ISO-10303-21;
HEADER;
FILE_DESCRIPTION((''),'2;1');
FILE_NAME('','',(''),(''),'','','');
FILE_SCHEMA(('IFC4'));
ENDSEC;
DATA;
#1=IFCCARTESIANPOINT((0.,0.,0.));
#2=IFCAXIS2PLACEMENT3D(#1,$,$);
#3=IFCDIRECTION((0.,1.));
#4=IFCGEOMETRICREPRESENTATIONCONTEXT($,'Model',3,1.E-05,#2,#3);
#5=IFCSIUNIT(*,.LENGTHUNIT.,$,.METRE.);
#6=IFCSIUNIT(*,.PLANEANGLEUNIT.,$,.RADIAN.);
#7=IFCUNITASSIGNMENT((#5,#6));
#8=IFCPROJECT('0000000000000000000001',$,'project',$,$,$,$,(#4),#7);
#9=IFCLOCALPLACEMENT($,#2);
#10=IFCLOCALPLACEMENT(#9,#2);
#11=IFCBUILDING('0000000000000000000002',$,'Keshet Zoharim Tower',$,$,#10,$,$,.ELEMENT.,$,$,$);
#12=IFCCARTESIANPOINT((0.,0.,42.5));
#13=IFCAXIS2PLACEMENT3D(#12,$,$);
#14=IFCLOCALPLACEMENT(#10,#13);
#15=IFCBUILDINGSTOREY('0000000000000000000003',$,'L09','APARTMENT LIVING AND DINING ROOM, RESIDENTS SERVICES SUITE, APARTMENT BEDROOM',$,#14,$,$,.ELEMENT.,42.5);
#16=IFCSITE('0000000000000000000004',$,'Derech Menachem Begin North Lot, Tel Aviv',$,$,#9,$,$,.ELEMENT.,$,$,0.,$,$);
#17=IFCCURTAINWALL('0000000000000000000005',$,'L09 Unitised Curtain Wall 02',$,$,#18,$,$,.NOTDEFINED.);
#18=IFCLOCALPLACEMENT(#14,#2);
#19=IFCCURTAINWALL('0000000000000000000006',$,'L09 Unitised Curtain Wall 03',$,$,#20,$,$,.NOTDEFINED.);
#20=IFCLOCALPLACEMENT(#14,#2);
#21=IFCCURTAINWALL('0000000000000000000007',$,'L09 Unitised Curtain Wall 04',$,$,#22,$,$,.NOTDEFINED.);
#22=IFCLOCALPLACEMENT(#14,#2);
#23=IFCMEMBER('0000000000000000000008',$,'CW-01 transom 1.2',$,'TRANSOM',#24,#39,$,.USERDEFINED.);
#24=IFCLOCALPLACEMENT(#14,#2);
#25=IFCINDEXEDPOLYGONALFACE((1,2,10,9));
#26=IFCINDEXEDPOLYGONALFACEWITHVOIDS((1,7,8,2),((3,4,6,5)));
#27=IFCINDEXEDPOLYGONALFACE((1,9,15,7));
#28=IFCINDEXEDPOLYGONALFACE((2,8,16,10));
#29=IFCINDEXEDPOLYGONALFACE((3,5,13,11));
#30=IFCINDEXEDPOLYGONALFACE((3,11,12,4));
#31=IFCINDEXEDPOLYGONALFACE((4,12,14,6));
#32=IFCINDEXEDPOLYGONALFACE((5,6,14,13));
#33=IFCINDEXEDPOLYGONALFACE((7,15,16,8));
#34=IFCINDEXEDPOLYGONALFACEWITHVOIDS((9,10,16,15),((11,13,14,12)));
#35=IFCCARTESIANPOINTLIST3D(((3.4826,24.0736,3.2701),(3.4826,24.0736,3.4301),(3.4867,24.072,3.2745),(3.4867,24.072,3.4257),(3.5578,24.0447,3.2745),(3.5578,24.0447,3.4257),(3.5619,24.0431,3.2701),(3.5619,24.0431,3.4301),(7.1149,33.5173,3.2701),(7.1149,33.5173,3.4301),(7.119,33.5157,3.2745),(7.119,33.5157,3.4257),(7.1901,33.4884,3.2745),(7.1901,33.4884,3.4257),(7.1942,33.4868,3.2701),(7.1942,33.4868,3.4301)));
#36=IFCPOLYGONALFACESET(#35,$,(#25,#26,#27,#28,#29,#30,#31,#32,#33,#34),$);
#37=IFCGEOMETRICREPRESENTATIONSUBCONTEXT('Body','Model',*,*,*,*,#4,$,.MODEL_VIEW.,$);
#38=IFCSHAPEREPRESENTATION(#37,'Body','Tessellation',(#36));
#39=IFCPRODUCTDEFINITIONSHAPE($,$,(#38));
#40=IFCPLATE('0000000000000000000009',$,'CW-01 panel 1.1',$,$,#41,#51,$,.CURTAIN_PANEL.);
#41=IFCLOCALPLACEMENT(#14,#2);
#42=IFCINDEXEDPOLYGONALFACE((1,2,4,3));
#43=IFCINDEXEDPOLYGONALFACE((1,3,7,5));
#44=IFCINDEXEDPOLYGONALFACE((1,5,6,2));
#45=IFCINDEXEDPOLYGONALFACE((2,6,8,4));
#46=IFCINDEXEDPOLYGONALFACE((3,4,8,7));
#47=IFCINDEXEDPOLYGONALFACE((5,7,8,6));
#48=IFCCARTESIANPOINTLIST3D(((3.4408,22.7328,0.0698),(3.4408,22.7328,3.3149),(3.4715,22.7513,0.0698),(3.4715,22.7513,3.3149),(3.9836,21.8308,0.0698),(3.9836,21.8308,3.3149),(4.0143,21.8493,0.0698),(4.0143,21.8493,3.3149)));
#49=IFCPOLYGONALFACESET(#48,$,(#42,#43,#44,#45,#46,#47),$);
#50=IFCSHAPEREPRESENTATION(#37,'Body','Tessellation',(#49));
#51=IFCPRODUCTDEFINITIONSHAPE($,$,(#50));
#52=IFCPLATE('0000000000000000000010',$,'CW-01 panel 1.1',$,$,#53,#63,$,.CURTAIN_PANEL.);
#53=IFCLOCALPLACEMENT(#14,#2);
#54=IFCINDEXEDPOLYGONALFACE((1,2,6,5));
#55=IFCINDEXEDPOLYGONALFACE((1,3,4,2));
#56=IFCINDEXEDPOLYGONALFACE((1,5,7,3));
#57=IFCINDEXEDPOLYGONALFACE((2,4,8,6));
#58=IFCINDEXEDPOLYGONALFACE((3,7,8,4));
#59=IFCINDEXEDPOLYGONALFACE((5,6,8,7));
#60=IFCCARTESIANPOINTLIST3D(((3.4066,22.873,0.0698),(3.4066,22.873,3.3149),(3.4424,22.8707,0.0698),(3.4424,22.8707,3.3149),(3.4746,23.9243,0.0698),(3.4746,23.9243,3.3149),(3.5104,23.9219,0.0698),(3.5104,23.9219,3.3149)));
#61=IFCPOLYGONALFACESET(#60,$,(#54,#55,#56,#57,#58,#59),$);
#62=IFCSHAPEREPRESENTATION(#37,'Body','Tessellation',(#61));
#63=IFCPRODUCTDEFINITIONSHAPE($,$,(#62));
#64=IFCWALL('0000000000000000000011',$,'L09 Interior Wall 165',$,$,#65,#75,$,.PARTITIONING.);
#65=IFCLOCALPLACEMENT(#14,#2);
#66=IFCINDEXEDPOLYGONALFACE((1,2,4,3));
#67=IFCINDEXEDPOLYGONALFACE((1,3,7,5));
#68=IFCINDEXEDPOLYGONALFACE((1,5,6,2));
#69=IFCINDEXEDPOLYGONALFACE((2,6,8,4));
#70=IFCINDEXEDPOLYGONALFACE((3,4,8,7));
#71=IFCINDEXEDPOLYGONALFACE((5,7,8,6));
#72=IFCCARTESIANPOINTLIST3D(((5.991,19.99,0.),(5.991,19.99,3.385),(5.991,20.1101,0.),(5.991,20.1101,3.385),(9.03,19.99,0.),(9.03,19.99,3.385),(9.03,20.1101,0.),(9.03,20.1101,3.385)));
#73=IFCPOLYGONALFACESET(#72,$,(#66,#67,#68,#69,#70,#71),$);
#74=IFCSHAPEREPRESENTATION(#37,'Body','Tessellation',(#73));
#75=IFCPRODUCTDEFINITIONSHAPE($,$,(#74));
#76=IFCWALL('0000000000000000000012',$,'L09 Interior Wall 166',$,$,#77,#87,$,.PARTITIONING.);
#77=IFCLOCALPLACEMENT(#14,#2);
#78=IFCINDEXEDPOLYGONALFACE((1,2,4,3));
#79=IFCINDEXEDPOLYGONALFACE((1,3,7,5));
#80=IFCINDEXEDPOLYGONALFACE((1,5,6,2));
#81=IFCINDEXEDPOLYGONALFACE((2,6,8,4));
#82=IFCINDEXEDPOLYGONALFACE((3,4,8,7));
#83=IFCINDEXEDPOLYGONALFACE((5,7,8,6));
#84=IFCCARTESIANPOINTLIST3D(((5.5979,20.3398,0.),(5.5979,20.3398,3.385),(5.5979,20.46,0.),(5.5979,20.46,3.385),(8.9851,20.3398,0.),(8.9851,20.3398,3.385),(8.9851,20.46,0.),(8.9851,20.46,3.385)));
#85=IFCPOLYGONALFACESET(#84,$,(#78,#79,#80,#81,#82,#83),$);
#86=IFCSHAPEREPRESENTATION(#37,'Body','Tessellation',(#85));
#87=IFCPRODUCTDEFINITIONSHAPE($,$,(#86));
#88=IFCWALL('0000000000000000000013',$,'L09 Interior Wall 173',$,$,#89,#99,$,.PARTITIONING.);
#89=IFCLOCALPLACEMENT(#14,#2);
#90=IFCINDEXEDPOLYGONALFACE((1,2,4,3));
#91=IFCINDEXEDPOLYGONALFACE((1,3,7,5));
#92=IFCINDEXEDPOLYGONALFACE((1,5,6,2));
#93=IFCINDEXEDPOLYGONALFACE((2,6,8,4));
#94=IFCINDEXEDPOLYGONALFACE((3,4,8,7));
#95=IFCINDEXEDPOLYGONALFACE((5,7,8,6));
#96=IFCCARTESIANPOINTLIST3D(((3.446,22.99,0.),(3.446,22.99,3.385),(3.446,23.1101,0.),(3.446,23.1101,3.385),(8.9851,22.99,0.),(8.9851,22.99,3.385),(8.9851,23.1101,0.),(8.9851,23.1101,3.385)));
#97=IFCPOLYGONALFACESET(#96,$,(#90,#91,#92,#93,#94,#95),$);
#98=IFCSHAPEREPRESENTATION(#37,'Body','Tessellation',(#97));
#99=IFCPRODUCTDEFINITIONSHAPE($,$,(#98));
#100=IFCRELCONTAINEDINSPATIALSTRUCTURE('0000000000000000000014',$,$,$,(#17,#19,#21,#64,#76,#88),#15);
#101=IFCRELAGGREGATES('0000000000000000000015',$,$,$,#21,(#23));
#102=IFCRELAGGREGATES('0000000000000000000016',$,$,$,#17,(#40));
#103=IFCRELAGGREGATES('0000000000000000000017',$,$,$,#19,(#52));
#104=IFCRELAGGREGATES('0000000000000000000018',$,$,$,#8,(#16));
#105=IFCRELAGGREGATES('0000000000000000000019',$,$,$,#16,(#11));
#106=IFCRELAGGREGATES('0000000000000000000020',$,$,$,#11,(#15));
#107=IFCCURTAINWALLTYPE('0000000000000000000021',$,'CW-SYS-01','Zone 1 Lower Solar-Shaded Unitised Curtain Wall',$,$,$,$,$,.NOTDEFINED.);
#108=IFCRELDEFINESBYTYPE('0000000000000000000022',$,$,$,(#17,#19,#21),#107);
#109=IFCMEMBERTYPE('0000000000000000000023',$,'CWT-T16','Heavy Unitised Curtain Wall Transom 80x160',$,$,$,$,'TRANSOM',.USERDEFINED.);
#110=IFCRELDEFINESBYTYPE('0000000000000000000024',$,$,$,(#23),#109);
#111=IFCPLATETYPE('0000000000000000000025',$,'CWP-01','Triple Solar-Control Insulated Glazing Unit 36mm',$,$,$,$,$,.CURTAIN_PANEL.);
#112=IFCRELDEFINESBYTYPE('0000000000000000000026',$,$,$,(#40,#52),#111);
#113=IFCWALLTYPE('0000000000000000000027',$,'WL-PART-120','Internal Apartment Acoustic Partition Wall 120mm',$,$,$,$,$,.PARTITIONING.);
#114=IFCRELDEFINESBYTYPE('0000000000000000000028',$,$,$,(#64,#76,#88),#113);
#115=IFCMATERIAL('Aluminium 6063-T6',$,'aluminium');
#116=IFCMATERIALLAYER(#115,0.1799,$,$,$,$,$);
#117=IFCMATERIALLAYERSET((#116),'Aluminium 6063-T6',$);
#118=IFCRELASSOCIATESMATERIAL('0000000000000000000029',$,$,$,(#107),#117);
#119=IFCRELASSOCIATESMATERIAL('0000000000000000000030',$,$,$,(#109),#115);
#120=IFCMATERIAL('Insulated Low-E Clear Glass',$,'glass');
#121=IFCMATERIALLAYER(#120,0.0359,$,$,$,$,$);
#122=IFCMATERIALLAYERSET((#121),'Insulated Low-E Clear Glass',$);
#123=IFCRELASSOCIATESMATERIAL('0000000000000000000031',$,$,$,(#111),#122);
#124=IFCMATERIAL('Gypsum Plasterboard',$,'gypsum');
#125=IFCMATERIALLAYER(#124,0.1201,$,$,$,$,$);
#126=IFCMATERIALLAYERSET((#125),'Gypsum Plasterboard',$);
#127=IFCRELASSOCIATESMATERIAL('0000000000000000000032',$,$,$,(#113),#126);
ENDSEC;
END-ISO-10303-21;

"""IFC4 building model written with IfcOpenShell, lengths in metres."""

from ifc_helpers import new_model, si_unit, direction, frame, frame_2d, origin, origin_2d, place, context, subcontext, project, spatial, rectangle, hollow_rectangle, extrude, material, layer, layer_set, material_profile, profile_set, type_object, element, aggregate, save


model = new_model("IFC4")

# Units and contexts
model_context = context("Model", 3, precision=1e-05, world=origin(), true_north=direction((0.0, 1.0)))
body_context = subcontext(model_context, "Body", "Model", "MODEL_VIEW")
ifc_project = project(units=[si_unit("LENGTHUNIT", "METRE"), si_unit("PLANEANGLEUNIT", "RADIAN")], contexts=[model_context])

# Site, building, storey
site_placement = place(None, origin())
site = spatial("IfcSite", under=ifc_project, at=site_placement, Name="Derech Menachem Begin North Lot, Tel Aviv", CompositionType="ELEMENT", RefElevation=0.0)
building_placement = place(site_placement, origin())
building = spatial("IfcBuilding", under=site, at=building_placement, Name="Keshet Zoharim Tower", CompositionType="ELEMENT")
storey_placement = place(building_placement, frame((0.0, 0.0, 42.5)))
storey = spatial("IfcBuildingStorey", under=building, at=storey_placement, Name="L09", Description="APARTMENT LIVING AND DINING ROOM, RESIDENTS SERVICES SUITE, APARTMENT BEDROOM", CompositionType="ELEMENT", Elevation=42.5)

# Shared definitions
ifc_material_1 = material(Name="Aluminium 6063-T6", Category="aluminium")
ifc_layer_1 = layer(ifc_material_1, 0.1799)
ifc_layer_set_1 = layer_set([ifc_layer_1], Name="Aluminium 6063-T6")
curtain_wall_type = type_object("IfcCurtainWallType", Name="CW-SYS-01", Description="Zone 1 Lower Solar-Shaded Unitised Curtain Wall", PredefinedType="NOTDEFINED", material=ifc_layer_set_1)

# Curtain walls
curtain_wall_1_placement = place(storey_placement, origin())
curtain_wall_1 = element("IfcCurtainWall", 1, at=curtain_wall_1_placement, inside=storey, type_object=curtain_wall_type, Name="L09 Unitised Curtain Wall 02", PredefinedType="NOTDEFINED")
curtain_wall_2_placement = place(storey_placement, origin())
curtain_wall_2 = element("IfcCurtainWall", 2, at=curtain_wall_2_placement, inside=storey, type_object=curtain_wall_type, Name="L09 Unitised Curtain Wall 03", PredefinedType="NOTDEFINED")

# Curtain wall
curtain_wall_3_placement = place(storey_placement, origin())
curtain_wall_3 = element("IfcCurtainWall", 3, at=curtain_wall_3_placement, inside=storey, type_object=curtain_wall_type, Name="L09 Unitised Curtain Wall 04", PredefinedType="NOTDEFINED")

# Member
ifc_material_profile_1 = material_profile(ifc_material_1, hollow_rectangle(XDim=0.085, YDim=0.1599, WallThickness=0.0044, at=origin_2d()), Name="TRN-85x160")
ifc_profile_set_1 = profile_set([ifc_material_profile_1], Name="Aluminium 6063-T6")
member_type_1 = type_object("IfcMemberType", Name="CWT-T16", Description="Heavy Unitised Curtain Wall Transom 80x160", ElementType="TRANSOM", PredefinedType="USERDEFINED", material=ifc_profile_set_1)
member_1_placement = place(storey_placement, frame((3.5222, 24.0583, 3.3501), z_axis=(0.358994, 0.93334, 0.0), x_axis=(-0.93334, 0.358994, 0.0)))
member_1 = element("IfcMember", 4, at=member_1_placement, type_object=member_type_1, Name="CW-01 transom 1.2", ObjectType="TRANSOM", PredefinedType="USERDEFINED", context=body_context, shape_type="SweptSolid", body=[
    extrude(hollow_rectangle(XDim=0.085, YDim=0.1599, WallThickness=0.0044, at=origin_2d()), origin(), (0.0, 0.0, 1.0), 10.1182),
])
aggregate(curtain_wall_3, [member_1])

# Plates
ifc_material_2 = material(Name="Insulated Low-E Clear Glass", Category="glass")
ifc_layer_2 = layer(ifc_material_2, 0.0359)
ifc_layer_set_2 = layer_set([ifc_layer_2], Name="Insulated Low-E Clear Glass")
plate_type = type_object("IfcPlateType", Name="CWP-01", Description="Triple Solar-Control Insulated Glazing Unit 36mm", PredefinedType="CURTAIN_PANEL", material=ifc_layer_set_2)
plate_1_placement = place(storey_placement, frame((3.7275, 22.291, 0.0698), z_axis=(0.0, 0.0, 1.0), x_axis=(-0.515605, 0.856826, 0.0)))
plate_1 = element("IfcPlate", 5, at=plate_1_placement, type_object=plate_type, Name="CW-01 panel 1.1", PredefinedType="CURTAIN_PANEL", context=body_context, shape_type="SweptSolid", body=[
    extrude(rectangle(XDim=1.0527, YDim=0.0359, at=origin_2d()), origin(), (0.0, 0.0, 1.0), 3.2451),
])
aggregate(curtain_wall_1, [plate_1])
plate_2_placement = place(storey_placement, frame((3.4585, 23.3975, 0.0698), z_axis=(0.0, 0.0, 1.0), x_axis=(0.064517, 0.997917, 0.0)))
plate_2 = element("IfcPlate", 6, at=plate_2_placement, type_object=plate_type, Name="CW-01 panel 1.1", PredefinedType="CURTAIN_PANEL", context=body_context, shape_type="SweptSolid", body=[
    extrude(rectangle(XDim=1.0535, YDim=0.0359, at=origin_2d()), origin(), (0.0, 0.0, 1.0), 3.2451),
])
aggregate(curtain_wall_2, [plate_2])

# Shared definitions
ifc_material_3 = material(Name="Gypsum Plasterboard", Category="gypsum")
ifc_layer_3 = layer(ifc_material_3, 0.1201)
ifc_layer_set_3 = layer_set([ifc_layer_3], Name="Gypsum Plasterboard")
wall_type = type_object("IfcWallType", Name="WL-PART-120", Description="Internal Apartment Acoustic Partition Wall 120mm", PredefinedType="PARTITIONING", material=ifc_layer_set_3)

# Walls
wall_1_placement = place(storey_placement, frame((5.991, 20.05, 0.0), z_axis=(0.0, 0.0, 1.0), x_axis=(1.0, 0.0, 0.0)))
element("IfcWall", 7, at=wall_1_placement, inside=storey, type_object=wall_type, Name="L09 Interior Wall 165", PredefinedType="PARTITIONING", context=body_context, shape_type="SweptSolid", body=[
    extrude(rectangle(XDim=3.0391, YDim=0.1201, at=frame_2d((1.5195, 0.0))), origin(), (0.0, 0.0, 1.0), 3.385),
])
wall_2_placement = place(storey_placement, frame((5.5979, 20.3999, 0.0), z_axis=(0.0, 0.0, 1.0), x_axis=(1.0, 0.0, 0.0)))
element("IfcWall", 8, at=wall_2_placement, inside=storey, type_object=wall_type, Name="L09 Interior Wall 166", PredefinedType="PARTITIONING", context=body_context, shape_type="SweptSolid", body=[
    extrude(rectangle(XDim=3.3872, YDim=0.1201, at=frame_2d((1.6936, 0.0))), origin(), (0.0, 0.0, 1.0), 3.385),
])
wall_3_placement = place(storey_placement, frame((3.446, 23.05, 0.0), z_axis=(0.0, 0.0, 1.0), x_axis=(1.0, 0.0, 0.0)))
element("IfcWall", 9, at=wall_3_placement, inside=storey, type_object=wall_type, Name="L09 Interior Wall 173", PredefinedType="PARTITIONING", context=body_context, shape_type="SweptSolid", body=[
    extrude(rectangle(XDim=5.5391, YDim=0.1201, at=frame_2d((2.7695, 0.0))), origin(), (0.0, 0.0, 1.0), 3.385),
])

save(model, "model.ifc")
